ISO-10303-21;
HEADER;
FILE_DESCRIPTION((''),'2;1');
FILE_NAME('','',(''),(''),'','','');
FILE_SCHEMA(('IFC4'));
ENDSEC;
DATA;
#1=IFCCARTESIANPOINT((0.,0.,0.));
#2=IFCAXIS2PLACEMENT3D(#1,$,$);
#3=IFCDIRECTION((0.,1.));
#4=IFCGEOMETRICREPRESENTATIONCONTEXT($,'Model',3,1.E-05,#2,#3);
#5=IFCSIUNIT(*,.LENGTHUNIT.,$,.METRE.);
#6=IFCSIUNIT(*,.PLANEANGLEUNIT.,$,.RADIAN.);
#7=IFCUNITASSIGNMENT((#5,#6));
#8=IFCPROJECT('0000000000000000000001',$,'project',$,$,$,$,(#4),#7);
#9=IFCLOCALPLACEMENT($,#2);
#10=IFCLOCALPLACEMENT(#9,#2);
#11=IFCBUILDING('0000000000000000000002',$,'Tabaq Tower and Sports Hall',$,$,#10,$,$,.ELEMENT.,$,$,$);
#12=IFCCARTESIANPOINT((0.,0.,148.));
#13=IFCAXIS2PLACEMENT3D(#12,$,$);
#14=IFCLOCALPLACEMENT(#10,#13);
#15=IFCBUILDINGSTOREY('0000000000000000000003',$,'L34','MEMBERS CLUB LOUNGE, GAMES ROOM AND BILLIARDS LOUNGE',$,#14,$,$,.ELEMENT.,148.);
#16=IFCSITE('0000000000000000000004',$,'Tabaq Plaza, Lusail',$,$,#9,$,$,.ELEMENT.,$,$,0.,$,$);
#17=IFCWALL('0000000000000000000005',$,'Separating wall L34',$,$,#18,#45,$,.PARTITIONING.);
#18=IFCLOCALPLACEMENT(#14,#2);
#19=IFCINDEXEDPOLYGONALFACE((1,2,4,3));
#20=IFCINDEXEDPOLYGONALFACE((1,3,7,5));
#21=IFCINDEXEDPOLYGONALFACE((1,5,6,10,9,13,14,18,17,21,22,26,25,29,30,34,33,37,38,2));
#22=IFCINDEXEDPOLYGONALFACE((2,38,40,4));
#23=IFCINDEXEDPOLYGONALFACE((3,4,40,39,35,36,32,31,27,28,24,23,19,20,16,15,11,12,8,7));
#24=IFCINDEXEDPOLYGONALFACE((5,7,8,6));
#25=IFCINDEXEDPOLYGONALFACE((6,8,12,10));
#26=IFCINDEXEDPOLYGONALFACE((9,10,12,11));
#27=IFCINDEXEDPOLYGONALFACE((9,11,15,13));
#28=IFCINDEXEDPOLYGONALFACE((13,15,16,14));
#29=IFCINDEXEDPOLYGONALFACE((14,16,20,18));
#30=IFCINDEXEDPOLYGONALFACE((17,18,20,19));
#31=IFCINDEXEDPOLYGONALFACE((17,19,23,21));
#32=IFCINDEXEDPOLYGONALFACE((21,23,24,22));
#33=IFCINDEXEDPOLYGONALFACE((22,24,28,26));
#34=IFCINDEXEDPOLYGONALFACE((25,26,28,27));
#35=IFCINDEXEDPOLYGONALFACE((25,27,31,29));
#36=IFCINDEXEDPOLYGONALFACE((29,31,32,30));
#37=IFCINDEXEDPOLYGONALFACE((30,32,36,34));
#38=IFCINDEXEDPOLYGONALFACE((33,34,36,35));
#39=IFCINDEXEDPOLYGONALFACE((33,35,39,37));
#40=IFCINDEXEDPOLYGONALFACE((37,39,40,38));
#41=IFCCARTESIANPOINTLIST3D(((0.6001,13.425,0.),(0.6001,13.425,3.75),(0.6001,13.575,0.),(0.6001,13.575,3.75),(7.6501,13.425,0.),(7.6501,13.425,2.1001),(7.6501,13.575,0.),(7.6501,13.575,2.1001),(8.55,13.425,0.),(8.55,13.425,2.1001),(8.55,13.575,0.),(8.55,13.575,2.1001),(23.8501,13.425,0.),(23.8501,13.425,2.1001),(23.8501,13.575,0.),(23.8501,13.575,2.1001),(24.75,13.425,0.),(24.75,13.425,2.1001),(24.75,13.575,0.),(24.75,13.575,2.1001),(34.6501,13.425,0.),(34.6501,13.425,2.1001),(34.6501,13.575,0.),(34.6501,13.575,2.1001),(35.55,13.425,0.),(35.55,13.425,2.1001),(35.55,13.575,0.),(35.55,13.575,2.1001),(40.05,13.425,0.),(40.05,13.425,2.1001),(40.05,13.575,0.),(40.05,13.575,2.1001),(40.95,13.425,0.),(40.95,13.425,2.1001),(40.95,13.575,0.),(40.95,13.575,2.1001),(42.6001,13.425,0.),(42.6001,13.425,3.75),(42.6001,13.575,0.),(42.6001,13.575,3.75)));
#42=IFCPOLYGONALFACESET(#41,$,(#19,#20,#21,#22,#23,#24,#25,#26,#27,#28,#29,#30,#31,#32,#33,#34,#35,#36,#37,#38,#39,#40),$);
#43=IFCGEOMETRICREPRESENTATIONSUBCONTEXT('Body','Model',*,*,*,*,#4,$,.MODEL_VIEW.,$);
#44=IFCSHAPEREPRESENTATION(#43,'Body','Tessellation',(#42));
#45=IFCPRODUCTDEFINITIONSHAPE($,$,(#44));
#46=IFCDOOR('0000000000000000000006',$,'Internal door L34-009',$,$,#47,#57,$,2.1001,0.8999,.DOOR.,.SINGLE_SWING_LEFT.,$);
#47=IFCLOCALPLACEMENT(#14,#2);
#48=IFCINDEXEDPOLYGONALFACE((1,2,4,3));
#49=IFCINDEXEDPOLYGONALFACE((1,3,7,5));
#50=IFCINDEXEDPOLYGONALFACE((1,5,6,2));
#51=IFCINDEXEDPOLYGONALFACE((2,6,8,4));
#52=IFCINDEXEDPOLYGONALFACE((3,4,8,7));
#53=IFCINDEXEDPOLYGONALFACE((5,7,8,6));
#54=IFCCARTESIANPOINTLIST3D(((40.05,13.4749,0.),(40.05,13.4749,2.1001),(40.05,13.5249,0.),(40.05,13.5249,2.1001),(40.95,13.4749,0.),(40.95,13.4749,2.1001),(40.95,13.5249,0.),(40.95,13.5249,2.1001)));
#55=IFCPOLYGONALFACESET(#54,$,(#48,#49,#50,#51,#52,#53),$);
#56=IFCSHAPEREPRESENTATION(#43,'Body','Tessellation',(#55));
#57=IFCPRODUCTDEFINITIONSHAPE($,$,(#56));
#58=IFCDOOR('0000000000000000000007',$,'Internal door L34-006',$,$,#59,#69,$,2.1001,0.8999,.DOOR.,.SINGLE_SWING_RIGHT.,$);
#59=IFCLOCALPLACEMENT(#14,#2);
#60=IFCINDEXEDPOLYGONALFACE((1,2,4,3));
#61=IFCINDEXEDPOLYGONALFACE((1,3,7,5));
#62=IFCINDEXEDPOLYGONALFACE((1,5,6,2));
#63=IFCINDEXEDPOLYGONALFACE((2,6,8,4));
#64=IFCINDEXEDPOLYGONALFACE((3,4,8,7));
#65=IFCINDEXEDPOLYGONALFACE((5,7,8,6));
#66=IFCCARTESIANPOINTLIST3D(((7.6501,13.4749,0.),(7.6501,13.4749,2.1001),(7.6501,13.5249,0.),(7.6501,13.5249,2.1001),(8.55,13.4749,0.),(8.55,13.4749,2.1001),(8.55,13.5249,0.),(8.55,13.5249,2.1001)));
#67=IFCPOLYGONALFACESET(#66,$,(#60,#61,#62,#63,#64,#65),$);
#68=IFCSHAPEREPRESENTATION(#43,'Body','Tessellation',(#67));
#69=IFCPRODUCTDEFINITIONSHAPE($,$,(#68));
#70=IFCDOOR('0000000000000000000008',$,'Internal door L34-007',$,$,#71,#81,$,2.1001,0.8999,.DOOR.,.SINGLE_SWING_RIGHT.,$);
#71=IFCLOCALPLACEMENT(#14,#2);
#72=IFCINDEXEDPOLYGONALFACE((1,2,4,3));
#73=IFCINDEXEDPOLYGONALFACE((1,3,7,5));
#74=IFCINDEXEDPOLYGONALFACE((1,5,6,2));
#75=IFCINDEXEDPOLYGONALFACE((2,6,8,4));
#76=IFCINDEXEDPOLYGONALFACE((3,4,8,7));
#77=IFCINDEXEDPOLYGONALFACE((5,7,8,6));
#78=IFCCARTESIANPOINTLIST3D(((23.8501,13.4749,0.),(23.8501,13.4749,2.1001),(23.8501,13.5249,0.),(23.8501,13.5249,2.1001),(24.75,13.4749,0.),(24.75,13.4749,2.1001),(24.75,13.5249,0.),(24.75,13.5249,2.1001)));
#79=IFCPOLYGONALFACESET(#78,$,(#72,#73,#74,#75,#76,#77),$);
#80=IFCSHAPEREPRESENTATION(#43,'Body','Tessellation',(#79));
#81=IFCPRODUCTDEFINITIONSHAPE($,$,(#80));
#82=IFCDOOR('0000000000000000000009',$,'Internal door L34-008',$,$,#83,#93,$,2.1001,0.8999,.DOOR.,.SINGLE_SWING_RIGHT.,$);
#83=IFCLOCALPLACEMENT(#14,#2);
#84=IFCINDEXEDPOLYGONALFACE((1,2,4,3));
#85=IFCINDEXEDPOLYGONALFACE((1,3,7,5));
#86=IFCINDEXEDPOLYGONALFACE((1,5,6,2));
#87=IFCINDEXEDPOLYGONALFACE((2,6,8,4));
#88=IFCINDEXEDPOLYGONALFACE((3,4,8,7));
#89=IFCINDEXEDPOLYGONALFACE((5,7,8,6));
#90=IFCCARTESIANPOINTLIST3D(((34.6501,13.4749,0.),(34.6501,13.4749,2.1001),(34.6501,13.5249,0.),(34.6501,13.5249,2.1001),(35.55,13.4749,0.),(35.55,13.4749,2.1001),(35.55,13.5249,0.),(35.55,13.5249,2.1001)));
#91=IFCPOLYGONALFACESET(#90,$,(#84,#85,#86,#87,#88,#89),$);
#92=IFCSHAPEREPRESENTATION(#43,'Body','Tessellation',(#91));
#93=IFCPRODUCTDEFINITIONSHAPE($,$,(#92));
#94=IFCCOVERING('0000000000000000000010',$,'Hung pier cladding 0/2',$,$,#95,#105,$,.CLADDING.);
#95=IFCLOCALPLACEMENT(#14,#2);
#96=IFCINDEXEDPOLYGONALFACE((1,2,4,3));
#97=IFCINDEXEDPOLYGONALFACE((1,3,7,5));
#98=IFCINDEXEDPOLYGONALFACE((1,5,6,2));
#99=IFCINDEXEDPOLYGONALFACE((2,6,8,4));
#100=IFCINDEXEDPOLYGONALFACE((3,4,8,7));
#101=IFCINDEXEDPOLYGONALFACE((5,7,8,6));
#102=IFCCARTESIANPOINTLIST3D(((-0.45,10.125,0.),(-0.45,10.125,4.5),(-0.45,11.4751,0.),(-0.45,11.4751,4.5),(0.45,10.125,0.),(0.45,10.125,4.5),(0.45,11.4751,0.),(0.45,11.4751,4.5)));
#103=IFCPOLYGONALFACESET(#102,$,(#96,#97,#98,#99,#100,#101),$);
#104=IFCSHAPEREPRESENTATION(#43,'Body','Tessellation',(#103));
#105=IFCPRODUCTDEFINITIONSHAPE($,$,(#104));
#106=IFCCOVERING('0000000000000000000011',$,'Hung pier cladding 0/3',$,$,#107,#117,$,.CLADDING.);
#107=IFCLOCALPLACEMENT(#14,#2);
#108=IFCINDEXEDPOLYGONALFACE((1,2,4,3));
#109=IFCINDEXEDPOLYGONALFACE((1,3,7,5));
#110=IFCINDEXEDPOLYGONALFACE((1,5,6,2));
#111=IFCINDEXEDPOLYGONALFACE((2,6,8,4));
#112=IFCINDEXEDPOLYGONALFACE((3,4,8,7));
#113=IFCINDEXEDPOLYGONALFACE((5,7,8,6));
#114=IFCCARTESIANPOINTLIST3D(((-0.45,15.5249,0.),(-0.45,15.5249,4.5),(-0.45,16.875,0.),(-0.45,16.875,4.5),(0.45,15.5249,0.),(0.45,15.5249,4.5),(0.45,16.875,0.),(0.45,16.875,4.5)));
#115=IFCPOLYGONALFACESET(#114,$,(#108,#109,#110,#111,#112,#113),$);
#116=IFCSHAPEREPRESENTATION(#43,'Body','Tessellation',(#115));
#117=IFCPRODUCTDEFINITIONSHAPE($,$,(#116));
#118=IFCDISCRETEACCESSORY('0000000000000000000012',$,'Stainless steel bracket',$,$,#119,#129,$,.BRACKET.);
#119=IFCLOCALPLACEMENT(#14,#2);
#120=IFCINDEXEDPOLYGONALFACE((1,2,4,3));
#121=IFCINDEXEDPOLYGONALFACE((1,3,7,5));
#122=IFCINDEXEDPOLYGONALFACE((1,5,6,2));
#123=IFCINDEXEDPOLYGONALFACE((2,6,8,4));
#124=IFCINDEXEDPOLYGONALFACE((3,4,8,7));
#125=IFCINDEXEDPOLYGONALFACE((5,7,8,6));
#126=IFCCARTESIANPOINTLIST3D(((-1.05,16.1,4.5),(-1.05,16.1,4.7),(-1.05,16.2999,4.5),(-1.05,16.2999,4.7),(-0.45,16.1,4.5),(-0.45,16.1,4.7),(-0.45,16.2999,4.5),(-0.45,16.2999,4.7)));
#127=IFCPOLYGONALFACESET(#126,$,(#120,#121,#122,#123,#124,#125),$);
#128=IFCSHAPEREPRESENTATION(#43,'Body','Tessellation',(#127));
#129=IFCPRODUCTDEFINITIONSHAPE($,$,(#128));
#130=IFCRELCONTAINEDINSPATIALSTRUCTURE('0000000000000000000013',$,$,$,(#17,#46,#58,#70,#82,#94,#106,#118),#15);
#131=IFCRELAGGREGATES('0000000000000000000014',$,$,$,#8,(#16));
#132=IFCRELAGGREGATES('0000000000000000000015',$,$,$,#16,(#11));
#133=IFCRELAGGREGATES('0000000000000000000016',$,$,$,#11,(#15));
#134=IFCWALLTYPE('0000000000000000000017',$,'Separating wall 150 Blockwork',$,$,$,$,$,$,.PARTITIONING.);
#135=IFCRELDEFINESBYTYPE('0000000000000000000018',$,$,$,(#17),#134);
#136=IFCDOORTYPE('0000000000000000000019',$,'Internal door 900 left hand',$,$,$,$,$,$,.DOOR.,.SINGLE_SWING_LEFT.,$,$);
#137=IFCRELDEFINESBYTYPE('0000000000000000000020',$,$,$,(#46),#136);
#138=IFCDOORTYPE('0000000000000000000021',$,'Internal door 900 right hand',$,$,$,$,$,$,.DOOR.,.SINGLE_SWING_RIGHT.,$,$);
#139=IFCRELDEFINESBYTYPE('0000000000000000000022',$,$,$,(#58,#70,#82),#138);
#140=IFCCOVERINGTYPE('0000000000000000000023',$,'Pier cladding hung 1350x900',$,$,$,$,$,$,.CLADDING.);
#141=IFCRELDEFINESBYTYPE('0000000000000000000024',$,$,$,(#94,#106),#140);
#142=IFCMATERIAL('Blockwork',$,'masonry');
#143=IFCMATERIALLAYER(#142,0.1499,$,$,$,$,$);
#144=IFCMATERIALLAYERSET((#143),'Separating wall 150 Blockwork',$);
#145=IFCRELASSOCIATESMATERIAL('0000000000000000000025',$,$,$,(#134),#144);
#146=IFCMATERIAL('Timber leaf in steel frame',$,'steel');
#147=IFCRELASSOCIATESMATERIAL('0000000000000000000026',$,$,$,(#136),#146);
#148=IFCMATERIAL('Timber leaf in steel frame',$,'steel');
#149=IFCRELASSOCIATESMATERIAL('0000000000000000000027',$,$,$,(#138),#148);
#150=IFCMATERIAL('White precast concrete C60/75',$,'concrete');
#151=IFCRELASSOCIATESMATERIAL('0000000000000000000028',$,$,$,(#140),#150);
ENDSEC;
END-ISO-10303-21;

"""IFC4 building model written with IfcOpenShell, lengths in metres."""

from ifc_helpers import new_model, si_unit, direction, frame, frame_2d, origin, origin_2d, place, context, subcontext, project, spatial, rectangle, extrude, material, layer, layer_set, type_object, element, fill, save


model = new_model("IFC4")

# Units and contexts
model_context = context("Model", 3, precision=1e-05, world=origin(), true_north=direction((0.0, 1.0)))
body_context = subcontext(model_context, "Body", "Model", "MODEL_VIEW")
ifc_project = project(units=[si_unit("LENGTHUNIT", "METRE"), si_unit("PLANEANGLEUNIT", "RADIAN")], contexts=[model_context])

# Site, building, storey
site_placement = place(None, origin())
site = spatial("IfcSite", under=ifc_project, at=site_placement, Name="Tabaq Plaza, Lusail", CompositionType="ELEMENT", RefElevation=0.0)
building_placement = place(site_placement, origin())
building = spatial("IfcBuilding", under=site, at=building_placement, Name="Tabaq Tower and Sports Hall", CompositionType="ELEMENT")
storey_placement = place(building_placement, frame((0.0, 0.0, 148.0)))
storey = spatial("IfcBuildingStorey", under=building, at=storey_placement, Name="L34", Description="MEMBERS CLUB LOUNGE, GAMES ROOM AND BILLIARDS LOUNGE", CompositionType="ELEMENT", Elevation=148.0)

# Wall, openings, doors
ifc_material_1 = material(Name="Blockwork", Category="masonry")
ifc_layer_1 = layer(ifc_material_1, 0.1499)
ifc_layer_set_1 = layer_set([ifc_layer_1], Name="Separating wall 150 Blockwork")
wall_type = type_object("IfcWallType", Name="Separating wall 150 Blockwork", PredefinedType="PARTITIONING", material=ifc_layer_set_1)
wall_placement = place(storey_placement, frame((0.6001, 13.5, 0.0), z_axis=(0.0, 0.0, 1.0), x_axis=(1.0, 0.0, 0.0)))
wall = element("IfcWall", 1, at=wall_placement, inside=storey, type_object=wall_type, Name="Separating wall L34", PredefinedType="PARTITIONING", context=body_context, shape_type="SweptSolid", body=[
    extrude(rectangle(XDim=42.0, YDim=0.1499, at=frame_2d((21.0, 0.0))), origin(), (0.0, 0.0, 1.0), 3.75),
])
opening_1_placement = place(wall_placement, frame((7.05, 0.0, 0.0)))
opening_1 = element("IfcOpeningElement", 2, at=opening_1_placement, cuts=wall, PredefinedType="OPENING", context=body_context, shape_type="SweptSolid", body=[
    extrude(rectangle(XDim=0.8999, YDim=2.1001, at=frame_2d((0.45, 1.05))), frame((0.0, 0.075, 0.0), z_axis=(0.0, -1.0, 0.0), x_axis=(1.0, 0.0, 0.0)), (0.0, 0.0, 1.0), 0.1499),
])
opening_2_placement = place(wall_placement, frame((23.25, 0.0, 0.0)))
opening_2 = element("IfcOpeningElement", 3, at=opening_2_placement, cuts=wall, PredefinedType="OPENING", context=body_context, shape_type="SweptSolid", body=[
    extrude(rectangle(XDim=0.8999, YDim=2.1001, at=frame_2d((0.45, 1.05))), frame((0.0, 0.075, 0.0), z_axis=(0.0, -1.0, 0.0), x_axis=(1.0, 0.0, 0.0)), (0.0, 0.0, 1.0), 0.1499),
])
opening_3_placement = place(wall_placement, frame((34.05, 0.0, 0.0)))
opening_3 = element("IfcOpeningElement", 4, at=opening_3_placement, cuts=wall, PredefinedType="OPENING", context=body_context, shape_type="SweptSolid", body=[
    extrude(rectangle(XDim=0.8999, YDim=2.1001, at=frame_2d((0.45, 1.05))), frame((0.0, 0.075, 0.0), z_axis=(0.0, -1.0, 0.0), x_axis=(1.0, 0.0, 0.0)), (0.0, 0.0, 1.0), 0.1499),
])
opening_4_placement = place(wall_placement, frame((39.45, 0.0, 0.0)))
opening_4 = element("IfcOpeningElement", 5, at=opening_4_placement, cuts=wall, PredefinedType="OPENING", context=body_context, shape_type="SweptSolid", body=[
    extrude(rectangle(XDim=0.8999, YDim=2.1001, at=frame_2d((0.45, 1.05))), frame((0.0, 0.075, 0.0), z_axis=(0.0, -1.0, 0.0), x_axis=(1.0, 0.0, 0.0)), (0.0, 0.0, 1.0), 0.1499),
])
ifc_material_2 = material(Name="Timber leaf in steel frame", Category="steel")
door_type_1 = type_object("IfcDoorType", Name="Internal door 900 left hand", OperationType="SINGLE_SWING_LEFT", PredefinedType="DOOR", material=ifc_material_2)
door_1_placement = place(opening_4_placement, origin())
door_1 = element("IfcDoor", 6, at=door_1_placement, inside=storey, type_object=door_type_1, Name="Internal door L34-009", OperationType="SINGLE_SWING_LEFT", OverallHeight=2.1001, OverallWidth=0.8999, PredefinedType="DOOR", context=body_context, shape_type="SweptSolid", body=[
    extrude(rectangle(XDim=0.8999, YDim=2.1001, at=frame_2d((0.45, 1.05))), frame((0.0, 0.0249, 0.0), z_axis=(0.0, -1.0, 0.0), x_axis=(1.0, 0.0, 0.0)), (0.0, 0.0, 1.0), 0.05),
])
fill(opening_4, door_1)
ifc_material_3 = material(Name="Timber leaf in steel frame", Category="steel")
door_type_2 = type_object("IfcDoorType", Name="Internal door 900 right hand", OperationType="SINGLE_SWING_RIGHT", PredefinedType="DOOR", material=ifc_material_3)
door_2_placement = place(opening_1_placement, origin())
door_2 = element("IfcDoor", 7, at=door_2_placement, inside=storey, type_object=door_type_2, Name="Internal door L34-006", OperationType="SINGLE_SWING_RIGHT", OverallHeight=2.1001, OverallWidth=0.8999, PredefinedType="DOOR", context=body_context, shape_type="SweptSolid", body=[
    extrude(rectangle(XDim=0.8999, YDim=2.1001, at=frame_2d((0.45, 1.05))), frame((0.0, 0.0249, 0.0), z_axis=(0.0, -1.0, 0.0), x_axis=(1.0, 0.0, 0.0)), (0.0, 0.0, 1.0), 0.05),
])
fill(opening_1, door_2)
door_3_placement = place(opening_2_placement, origin())
door_3 = element("IfcDoor", 8, at=door_3_placement, inside=storey, type_object=door_type_2, Name="Internal door L34-007", OperationType="SINGLE_SWING_RIGHT", OverallHeight=2.1001, OverallWidth=0.8999, PredefinedType="DOOR", context=body_context, shape_type="SweptSolid", body=[
    extrude(rectangle(XDim=0.8999, YDim=2.1001, at=frame_2d((0.45, 1.05))), frame((0.0, 0.0249, 0.0), z_axis=(0.0, -1.0, 0.0), x_axis=(1.0, 0.0, 0.0)), (0.0, 0.0, 1.0), 0.05),
])
fill(opening_2, door_3)
door_4_placement = place(opening_3_placement, origin())
door_4 = element("IfcDoor", 9, at=door_4_placement, inside=storey, type_object=door_type_2, Name="Internal door L34-008", OperationType="SINGLE_SWING_RIGHT", OverallHeight=2.1001, OverallWidth=0.8999, PredefinedType="DOOR", context=body_context, shape_type="SweptSolid", body=[
    extrude(rectangle(XDim=0.8999, YDim=2.1001, at=frame_2d((0.45, 1.05))), frame((0.0, 0.0249, 0.0), z_axis=(0.0, -1.0, 0.0), x_axis=(1.0, 0.0, 0.0)), (0.0, 0.0, 1.0), 0.05),
])
fill(opening_3, door_4)

# Coverings
ifc_material_4 = material(Name="White precast concrete C60/75", Category="concrete")
covering_type = type_object("IfcCoveringType", Name="Pier cladding hung 1350x900", PredefinedType="CLADDING", material=ifc_material_4)
for number, where, z_axis, x_axis, name in (
    (10, (0.0, 11.4751, 0.0), (0.0, 0.0, 1.0), (0.0, -1.0, 0.0), "Hung pier cladding 0/2"),
    (11, (0.0, 16.875, 0.0), (0.0, 0.0, 1.0), (0.0, -1.0, 0.0), "Hung pier cladding 0/3"),
):
    element("IfcCovering", number, at=place(storey_placement, frame(where, z_axis=z_axis, x_axis=x_axis)), inside=storey, type_object=covering_type, Name=name, PredefinedType="CLADDING", context=body_context, shape_type="SweptSolid", body=[
        extrude(rectangle(XDim=1.3501, YDim=0.8999, at=frame_2d((0.675, 0.0))), origin(), (0.0, 0.0, 1.0), 4.5),
    ])

# Discrete accessory
discrete_accessory_placement = place(storey_placement, frame((-0.75, 16.2, 4.5), z_axis=(0.0, 0.0, 1.0), x_axis=(-1.0, 0.0, 0.0)))
element("IfcDiscreteAccessory", 12, at=discrete_accessory_placement, inside=storey, Name="Stainless steel bracket", PredefinedType="BRACKET", context=body_context, shape_type="SweptSolid", body=[
    extrude(rectangle(XDim=0.6001, YDim=0.2, at=origin_2d()), origin(), (0.0, 0.0, 1.0), 0.2),
])

save(model, "model.ifc")
